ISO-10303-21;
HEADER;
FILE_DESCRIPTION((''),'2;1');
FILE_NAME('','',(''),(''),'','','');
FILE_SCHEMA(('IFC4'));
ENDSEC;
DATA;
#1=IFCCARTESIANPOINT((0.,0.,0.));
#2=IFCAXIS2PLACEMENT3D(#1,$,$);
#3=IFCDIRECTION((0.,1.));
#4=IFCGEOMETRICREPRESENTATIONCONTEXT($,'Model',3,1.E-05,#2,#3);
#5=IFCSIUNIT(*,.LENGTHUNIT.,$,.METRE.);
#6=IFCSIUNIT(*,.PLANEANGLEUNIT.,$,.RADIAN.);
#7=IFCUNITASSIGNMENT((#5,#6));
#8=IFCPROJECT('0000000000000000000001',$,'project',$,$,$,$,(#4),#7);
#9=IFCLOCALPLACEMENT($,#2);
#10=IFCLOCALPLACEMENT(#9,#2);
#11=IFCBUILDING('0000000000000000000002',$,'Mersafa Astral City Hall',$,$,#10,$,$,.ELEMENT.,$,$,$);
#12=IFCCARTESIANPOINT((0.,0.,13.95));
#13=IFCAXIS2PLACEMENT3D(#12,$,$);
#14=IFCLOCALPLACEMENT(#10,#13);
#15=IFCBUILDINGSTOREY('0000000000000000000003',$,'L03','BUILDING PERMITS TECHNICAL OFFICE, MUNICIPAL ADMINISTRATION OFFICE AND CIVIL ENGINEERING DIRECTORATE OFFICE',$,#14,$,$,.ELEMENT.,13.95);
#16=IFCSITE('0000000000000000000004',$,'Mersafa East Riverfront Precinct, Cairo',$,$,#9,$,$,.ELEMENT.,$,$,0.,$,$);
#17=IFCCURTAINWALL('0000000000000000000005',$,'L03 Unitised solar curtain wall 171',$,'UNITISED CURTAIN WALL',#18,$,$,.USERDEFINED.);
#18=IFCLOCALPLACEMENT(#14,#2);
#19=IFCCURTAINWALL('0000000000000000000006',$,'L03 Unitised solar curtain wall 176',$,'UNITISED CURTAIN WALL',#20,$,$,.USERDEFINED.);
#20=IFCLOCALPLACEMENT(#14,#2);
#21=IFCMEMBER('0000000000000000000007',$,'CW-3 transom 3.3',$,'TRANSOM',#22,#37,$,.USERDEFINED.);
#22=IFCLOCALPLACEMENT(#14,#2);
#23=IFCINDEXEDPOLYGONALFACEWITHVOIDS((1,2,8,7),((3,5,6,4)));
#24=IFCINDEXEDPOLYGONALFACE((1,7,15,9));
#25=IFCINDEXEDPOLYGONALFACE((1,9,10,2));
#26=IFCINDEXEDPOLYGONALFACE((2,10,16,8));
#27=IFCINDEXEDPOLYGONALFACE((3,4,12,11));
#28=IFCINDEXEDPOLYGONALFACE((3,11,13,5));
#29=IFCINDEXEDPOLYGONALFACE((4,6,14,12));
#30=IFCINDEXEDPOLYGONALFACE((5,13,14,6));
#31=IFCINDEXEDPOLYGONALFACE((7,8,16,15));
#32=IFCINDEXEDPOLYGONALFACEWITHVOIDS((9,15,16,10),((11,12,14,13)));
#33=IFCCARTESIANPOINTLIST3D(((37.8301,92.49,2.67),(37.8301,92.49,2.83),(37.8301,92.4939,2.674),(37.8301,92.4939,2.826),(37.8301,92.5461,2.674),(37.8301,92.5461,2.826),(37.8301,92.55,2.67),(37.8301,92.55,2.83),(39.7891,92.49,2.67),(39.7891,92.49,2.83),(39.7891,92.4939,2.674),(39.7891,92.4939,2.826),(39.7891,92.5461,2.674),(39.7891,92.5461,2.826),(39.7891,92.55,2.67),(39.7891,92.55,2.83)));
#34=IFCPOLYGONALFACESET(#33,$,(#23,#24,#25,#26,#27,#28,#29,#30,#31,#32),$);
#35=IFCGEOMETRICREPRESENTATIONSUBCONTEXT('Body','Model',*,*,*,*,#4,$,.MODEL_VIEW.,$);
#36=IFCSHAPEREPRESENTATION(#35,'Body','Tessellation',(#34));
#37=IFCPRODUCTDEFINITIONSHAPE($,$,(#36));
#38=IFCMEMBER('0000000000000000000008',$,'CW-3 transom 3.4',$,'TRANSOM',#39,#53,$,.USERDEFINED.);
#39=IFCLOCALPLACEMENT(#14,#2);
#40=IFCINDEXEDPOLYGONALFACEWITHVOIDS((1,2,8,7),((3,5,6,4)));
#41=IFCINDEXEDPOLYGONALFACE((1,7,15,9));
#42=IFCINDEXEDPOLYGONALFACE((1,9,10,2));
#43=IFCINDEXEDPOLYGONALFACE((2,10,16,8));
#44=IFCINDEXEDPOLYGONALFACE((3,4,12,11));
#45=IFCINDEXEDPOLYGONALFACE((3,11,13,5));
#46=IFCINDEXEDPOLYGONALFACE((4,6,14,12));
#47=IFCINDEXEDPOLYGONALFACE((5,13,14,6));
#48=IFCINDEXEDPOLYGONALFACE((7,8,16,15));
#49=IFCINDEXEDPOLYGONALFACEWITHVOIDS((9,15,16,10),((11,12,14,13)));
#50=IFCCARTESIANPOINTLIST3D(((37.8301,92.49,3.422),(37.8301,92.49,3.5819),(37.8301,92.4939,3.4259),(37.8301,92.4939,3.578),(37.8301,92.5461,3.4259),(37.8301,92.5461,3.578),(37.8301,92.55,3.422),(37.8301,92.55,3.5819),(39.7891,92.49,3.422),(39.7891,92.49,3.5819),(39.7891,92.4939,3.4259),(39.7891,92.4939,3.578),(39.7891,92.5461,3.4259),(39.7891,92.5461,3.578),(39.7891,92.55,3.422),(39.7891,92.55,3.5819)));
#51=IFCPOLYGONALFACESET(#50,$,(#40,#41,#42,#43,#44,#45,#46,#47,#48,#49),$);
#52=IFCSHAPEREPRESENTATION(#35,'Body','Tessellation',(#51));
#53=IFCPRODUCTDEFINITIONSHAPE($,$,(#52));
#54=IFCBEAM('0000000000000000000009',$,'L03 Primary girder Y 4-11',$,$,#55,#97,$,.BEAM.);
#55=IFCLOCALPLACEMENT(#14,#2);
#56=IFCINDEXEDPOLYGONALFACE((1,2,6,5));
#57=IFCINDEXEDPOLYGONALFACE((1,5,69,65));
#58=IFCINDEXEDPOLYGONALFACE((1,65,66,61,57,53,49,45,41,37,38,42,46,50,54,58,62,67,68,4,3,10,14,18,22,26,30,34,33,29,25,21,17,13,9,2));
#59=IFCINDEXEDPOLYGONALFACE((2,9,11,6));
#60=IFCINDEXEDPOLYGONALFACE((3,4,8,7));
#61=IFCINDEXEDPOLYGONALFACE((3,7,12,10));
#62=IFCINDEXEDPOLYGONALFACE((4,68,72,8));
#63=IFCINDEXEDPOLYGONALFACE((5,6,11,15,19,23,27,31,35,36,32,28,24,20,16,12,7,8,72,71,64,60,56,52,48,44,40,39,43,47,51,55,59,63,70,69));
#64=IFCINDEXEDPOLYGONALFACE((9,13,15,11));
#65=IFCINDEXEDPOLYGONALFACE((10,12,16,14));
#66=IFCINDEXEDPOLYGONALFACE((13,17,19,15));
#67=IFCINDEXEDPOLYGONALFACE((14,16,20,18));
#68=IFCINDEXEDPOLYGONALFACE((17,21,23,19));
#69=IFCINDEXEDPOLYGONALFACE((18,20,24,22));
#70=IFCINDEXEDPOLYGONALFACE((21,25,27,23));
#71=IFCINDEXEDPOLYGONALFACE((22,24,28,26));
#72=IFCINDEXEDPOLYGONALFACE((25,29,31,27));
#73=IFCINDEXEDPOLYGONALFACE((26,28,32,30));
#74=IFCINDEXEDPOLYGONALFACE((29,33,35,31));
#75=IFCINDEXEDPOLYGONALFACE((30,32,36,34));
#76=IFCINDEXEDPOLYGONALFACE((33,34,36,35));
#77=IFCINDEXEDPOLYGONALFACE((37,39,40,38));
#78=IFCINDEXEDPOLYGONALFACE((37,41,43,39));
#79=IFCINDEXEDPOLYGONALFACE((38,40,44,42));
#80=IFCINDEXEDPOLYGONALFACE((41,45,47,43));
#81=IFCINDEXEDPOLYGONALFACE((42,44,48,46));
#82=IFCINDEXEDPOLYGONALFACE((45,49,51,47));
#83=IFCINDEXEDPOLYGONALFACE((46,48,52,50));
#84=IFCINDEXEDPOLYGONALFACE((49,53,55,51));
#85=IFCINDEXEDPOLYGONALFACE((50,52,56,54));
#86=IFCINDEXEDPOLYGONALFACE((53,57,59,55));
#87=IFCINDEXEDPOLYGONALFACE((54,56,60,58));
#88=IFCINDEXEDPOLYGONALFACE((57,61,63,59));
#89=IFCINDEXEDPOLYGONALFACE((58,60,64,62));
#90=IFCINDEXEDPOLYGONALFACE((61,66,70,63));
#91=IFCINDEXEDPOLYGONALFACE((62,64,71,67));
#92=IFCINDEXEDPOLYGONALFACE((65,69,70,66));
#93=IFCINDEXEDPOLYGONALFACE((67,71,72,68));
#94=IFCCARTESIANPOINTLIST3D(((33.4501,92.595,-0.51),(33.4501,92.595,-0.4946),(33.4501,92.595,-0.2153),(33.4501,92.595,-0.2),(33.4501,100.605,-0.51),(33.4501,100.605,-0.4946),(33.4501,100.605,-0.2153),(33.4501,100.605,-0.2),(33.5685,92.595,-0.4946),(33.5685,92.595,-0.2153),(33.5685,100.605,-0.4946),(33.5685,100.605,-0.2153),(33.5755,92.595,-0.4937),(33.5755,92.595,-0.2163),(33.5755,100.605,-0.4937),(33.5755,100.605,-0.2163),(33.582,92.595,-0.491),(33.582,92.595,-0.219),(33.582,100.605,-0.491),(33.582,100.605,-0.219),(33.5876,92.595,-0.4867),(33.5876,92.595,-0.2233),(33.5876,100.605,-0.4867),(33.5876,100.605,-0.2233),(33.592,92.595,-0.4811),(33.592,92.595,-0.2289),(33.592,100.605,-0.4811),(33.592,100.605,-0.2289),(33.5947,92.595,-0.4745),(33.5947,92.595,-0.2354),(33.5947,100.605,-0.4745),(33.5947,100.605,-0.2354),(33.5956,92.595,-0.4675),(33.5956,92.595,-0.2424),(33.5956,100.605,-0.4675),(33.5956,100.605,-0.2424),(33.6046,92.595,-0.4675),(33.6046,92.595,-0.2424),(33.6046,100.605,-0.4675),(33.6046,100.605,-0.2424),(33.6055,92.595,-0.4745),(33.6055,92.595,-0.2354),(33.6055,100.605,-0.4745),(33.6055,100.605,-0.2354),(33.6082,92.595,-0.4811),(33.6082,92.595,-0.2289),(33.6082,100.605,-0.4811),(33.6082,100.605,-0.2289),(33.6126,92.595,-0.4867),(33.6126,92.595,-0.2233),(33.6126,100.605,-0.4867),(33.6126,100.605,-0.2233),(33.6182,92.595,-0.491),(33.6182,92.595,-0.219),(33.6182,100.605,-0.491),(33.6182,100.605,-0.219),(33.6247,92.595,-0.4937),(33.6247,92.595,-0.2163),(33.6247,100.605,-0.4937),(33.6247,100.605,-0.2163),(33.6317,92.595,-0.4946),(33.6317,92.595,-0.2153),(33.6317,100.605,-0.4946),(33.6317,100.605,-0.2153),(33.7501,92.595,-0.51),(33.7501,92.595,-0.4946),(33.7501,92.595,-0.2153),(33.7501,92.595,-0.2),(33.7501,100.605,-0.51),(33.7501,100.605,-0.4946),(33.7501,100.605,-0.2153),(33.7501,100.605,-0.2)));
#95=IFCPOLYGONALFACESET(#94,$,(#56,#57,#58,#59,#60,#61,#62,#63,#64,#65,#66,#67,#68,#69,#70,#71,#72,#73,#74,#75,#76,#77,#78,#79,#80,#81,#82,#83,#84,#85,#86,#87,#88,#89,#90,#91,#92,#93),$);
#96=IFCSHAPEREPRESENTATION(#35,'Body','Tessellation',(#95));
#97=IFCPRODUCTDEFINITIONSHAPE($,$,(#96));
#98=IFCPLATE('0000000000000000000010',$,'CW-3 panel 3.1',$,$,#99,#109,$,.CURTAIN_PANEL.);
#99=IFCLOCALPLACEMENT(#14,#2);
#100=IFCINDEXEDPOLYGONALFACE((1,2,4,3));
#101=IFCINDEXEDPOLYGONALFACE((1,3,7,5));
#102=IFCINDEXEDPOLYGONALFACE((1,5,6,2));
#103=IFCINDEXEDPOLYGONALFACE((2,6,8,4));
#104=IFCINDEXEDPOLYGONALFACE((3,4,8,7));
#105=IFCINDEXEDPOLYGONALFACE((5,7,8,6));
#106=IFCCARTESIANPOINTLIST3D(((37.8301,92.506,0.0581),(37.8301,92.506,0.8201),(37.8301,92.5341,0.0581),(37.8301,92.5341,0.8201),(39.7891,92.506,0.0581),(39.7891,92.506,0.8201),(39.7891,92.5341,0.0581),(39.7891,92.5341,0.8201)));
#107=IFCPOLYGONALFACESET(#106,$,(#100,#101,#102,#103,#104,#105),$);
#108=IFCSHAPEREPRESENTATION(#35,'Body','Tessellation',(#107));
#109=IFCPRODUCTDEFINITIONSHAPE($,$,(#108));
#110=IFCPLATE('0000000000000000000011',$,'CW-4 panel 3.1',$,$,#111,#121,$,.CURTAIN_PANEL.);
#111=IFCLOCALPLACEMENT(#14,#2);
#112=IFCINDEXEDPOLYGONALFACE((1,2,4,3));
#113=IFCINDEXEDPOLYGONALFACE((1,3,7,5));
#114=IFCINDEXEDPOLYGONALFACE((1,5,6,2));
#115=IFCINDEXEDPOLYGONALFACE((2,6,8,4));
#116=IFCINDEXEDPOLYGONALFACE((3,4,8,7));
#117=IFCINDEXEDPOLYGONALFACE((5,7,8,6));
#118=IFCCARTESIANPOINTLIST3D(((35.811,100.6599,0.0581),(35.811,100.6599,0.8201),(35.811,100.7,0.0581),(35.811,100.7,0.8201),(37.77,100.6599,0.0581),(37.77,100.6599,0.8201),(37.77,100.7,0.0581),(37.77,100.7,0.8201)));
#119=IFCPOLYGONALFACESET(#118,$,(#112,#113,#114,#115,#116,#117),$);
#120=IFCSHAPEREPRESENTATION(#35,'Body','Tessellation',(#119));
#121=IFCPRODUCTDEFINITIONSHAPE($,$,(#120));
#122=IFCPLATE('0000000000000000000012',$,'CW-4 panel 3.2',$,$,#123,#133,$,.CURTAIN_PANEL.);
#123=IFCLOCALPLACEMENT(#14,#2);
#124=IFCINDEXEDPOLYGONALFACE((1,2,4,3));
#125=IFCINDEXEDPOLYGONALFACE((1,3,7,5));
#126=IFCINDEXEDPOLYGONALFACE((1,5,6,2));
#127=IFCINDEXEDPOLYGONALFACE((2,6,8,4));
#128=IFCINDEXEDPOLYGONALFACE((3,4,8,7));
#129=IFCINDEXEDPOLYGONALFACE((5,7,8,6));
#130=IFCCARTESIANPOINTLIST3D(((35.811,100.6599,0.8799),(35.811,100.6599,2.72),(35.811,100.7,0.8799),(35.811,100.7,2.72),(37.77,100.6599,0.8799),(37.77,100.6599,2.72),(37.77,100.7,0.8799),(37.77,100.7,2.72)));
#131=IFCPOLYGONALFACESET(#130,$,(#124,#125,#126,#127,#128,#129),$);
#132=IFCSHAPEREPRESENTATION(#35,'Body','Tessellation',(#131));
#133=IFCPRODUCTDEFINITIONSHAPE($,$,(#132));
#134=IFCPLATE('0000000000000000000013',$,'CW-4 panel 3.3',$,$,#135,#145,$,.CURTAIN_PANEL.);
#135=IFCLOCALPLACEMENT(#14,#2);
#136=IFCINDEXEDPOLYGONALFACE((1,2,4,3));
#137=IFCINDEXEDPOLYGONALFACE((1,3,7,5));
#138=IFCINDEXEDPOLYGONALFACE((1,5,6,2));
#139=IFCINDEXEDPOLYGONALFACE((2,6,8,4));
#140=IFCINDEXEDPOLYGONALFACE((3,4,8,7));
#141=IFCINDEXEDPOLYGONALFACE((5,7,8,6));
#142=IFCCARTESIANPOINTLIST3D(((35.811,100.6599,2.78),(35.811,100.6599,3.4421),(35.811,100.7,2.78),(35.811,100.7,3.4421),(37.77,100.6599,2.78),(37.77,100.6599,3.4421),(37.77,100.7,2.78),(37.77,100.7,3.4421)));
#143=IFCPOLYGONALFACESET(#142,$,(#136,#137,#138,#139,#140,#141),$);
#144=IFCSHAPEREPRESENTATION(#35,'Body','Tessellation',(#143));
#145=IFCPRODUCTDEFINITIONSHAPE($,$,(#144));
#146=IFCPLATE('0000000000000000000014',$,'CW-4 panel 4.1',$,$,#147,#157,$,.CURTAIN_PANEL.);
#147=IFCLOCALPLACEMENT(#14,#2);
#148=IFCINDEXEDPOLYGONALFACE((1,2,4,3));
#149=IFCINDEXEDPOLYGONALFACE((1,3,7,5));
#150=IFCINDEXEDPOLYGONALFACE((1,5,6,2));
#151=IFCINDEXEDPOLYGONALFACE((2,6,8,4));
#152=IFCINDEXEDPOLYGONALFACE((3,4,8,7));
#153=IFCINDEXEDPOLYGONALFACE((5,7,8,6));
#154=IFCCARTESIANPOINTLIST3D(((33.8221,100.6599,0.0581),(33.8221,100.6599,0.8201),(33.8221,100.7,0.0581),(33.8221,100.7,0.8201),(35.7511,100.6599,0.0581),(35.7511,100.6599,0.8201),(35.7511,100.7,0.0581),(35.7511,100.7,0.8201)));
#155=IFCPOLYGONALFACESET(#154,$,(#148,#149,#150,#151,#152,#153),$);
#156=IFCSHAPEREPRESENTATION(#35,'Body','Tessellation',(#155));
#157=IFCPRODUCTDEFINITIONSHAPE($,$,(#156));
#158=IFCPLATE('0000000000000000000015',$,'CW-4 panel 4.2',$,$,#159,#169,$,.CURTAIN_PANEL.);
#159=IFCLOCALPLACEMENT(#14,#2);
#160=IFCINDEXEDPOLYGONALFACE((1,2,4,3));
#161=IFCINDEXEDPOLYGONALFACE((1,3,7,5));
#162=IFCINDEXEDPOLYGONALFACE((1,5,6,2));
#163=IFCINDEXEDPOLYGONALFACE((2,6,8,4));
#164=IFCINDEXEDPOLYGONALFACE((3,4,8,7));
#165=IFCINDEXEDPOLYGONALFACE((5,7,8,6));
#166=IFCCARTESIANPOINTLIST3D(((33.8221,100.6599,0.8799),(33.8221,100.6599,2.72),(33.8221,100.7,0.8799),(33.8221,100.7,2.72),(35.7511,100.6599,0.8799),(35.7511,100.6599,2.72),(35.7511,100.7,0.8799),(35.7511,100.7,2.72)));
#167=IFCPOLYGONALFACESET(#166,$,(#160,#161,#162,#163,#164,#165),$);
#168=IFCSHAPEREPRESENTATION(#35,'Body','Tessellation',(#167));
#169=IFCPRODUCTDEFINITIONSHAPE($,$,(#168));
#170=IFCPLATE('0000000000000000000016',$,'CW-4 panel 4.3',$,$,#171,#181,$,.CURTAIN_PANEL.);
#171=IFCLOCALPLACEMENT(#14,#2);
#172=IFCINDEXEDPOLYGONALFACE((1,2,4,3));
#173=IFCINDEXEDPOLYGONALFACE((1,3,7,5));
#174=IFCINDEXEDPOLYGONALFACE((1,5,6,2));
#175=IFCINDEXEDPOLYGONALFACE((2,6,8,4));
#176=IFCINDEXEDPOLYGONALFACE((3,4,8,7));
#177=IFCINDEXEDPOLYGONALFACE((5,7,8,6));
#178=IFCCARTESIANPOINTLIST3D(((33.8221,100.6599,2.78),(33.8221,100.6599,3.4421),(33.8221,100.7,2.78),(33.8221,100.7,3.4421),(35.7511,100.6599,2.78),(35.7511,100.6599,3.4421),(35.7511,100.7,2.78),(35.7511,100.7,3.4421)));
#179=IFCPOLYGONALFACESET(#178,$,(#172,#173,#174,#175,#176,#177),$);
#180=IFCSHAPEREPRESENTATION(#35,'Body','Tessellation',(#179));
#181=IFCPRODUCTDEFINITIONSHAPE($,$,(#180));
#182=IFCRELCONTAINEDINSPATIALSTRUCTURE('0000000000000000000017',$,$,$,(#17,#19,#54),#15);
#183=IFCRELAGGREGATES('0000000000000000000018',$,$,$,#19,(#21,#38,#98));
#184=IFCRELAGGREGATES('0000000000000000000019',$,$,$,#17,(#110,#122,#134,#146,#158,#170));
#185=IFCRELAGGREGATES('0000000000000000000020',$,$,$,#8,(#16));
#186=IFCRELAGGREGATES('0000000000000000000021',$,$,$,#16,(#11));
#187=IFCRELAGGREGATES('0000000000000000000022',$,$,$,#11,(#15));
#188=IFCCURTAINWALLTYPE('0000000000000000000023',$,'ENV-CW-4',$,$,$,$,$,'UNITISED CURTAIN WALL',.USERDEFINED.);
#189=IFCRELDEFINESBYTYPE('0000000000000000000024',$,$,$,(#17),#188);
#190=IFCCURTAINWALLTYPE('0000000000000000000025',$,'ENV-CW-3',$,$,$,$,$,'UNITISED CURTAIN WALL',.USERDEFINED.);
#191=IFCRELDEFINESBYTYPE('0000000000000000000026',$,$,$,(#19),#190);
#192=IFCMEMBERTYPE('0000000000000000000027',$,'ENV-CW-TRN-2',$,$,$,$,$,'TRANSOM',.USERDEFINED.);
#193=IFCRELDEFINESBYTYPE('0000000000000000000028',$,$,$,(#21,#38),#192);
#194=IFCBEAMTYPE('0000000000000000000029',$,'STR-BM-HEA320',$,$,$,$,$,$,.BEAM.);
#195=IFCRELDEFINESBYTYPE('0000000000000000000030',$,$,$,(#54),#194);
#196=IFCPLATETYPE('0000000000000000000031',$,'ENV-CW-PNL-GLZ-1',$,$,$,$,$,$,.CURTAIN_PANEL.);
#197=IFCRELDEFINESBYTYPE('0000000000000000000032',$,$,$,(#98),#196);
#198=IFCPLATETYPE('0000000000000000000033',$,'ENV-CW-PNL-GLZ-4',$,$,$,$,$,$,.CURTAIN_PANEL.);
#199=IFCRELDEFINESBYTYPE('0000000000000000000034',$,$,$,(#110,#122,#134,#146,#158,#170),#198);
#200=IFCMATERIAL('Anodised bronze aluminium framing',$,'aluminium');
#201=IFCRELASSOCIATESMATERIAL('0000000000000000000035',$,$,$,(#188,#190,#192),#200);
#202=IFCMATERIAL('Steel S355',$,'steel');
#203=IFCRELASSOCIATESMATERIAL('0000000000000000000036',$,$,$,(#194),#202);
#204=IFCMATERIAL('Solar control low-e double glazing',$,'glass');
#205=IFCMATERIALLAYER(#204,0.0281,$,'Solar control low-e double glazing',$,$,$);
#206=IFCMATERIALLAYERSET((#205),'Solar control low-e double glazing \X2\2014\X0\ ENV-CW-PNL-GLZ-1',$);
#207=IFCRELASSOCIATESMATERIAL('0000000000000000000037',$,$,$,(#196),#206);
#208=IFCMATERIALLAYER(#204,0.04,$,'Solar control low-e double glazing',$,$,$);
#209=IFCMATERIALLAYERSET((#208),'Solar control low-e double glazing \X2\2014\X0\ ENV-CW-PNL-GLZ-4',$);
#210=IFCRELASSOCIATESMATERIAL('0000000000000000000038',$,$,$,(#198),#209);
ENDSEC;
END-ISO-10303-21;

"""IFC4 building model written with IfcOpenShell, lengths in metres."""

from ifc_helpers import new_model, si_unit, direction, frame, origin, origin_2d, place, context, subcontext, project, spatial, rectangle, hollow_rectangle, i_section, extrude, material, layer, layer_set, material_profile, profile_set, type_object, element, aggregate, save


model = new_model("IFC4")

# Units and contexts
model_context = context("Model", 3, precision=1e-05, world=origin(), true_north=direction((0.0, 1.0)))
body_context = subcontext(model_context, "Body", "Model", "MODEL_VIEW")
ifc_project = project(units=[si_unit("LENGTHUNIT", "METRE"), si_unit("PLANEANGLEUNIT", "RADIAN")], contexts=[model_context])

# Site, building, storey
site_placement = place(None, origin())
site = spatial("IfcSite", under=ifc_project, at=site_placement, Name="Mersafa East Riverfront Precinct, Cairo", CompositionType="ELEMENT", RefElevation=0.0)
building_placement = place(site_placement, origin())
building = spatial("IfcBuilding", under=site, at=building_placement, Name="Mersafa Astral City Hall", CompositionType="ELEMENT")
storey_placement = place(building_placement, frame((0.0, 0.0, 13.95)))
storey = spatial("IfcBuildingStorey", under=building, at=storey_placement, Name="L03", Description="BUILDING PERMITS TECHNICAL OFFICE, MUNICIPAL ADMINISTRATION OFFICE AND CIVIL ENGINEERING DIRECTORATE OFFICE", CompositionType="ELEMENT", Elevation=13.95)

# Curtain walls, members
ifc_material_1 = material(Name="Anodised bronze aluminium framing", Category="aluminium")
curtain_wall_type_1 = type_object("IfcCurtainWallType", Name="ENV-CW-4", ElementType="UNITISED CURTAIN WALL", PredefinedType="USERDEFINED", material=ifc_material_1)
curtain_wall_1_placement = place(storey_placement, origin())
curtain_wall_1 = element("IfcCurtainWall", 1, at=curtain_wall_1_placement, inside=storey, type_object=curtain_wall_type_1, Name="L03 Unitised solar curtain wall 171", ObjectType="UNITISED CURTAIN WALL", PredefinedType="USERDEFINED")
curtain_wall_type_2 = type_object("IfcCurtainWallType", Name="ENV-CW-3", ElementType="UNITISED CURTAIN WALL", PredefinedType="USERDEFINED", material=ifc_material_1)
curtain_wall_2_placement = place(storey_placement, origin())
curtain_wall_2 = element("IfcCurtainWall", 2, at=curtain_wall_2_placement, inside=storey, type_object=curtain_wall_type_2, Name="L03 Unitised solar curtain wall 176", ObjectType="UNITISED CURTAIN WALL", PredefinedType="USERDEFINED")
ifc_material_profile_1 = material_profile(ifc_material_1, hollow_rectangle(XDim=0.0601, YDim=0.1599, WallThickness=0.0039, at=origin_2d()), Name="RHS 60x160x4")
ifc_profile_set_1 = profile_set([ifc_material_profile_1], Name="Anodised bronze aluminium framing")
member_type_1 = type_object("IfcMemberType", Name="ENV-CW-TRN-2", ElementType="TRANSOM", PredefinedType="USERDEFINED", material=ifc_profile_set_1)
member_1_placement = place(storey_placement, frame((37.8301, 92.52, 2.75), z_axis=(1.0, 0.0, 0.0), x_axis=(0.0, 1.0, 0.0)))
member_1 = element("IfcMember", 3, at=member_1_placement, type_object=member_type_1, Name="CW-3 transom 3.3", ObjectType="TRANSOM", PredefinedType="USERDEFINED", context=body_context, shape_type="SweptSolid", body=[
    extrude(hollow_rectangle(XDim=0.0601, YDim=0.1599, WallThickness=0.0039, at=origin_2d()), origin(), (0.0, 0.0, 1.0), 1.959),
])
member_2_placement = place(storey_placement, frame((37.8301, 92.52, 3.502), z_axis=(1.0, 0.0, 0.0), x_axis=(0.0, 1.0, 0.0)))
member_2 = element("IfcMember", 4, at=member_2_placement, type_object=member_type_1, Name="CW-3 transom 3.4", ObjectType="TRANSOM", PredefinedType="USERDEFINED", context=body_context, shape_type="SweptSolid", body=[
    extrude(hollow_rectangle(XDim=0.0601, YDim=0.1599, WallThickness=0.0039, at=origin_2d()), origin(), (0.0, 0.0, 1.0), 1.959),
])

# Beam
ifc_material_2 = material(Name="Steel S355", Category="steel")
ifc_material_profile_2 = material_profile(ifc_material_2, i_section(OverallWidth=0.3, OverallDepth=0.3101, WebThickness=0.009, FlangeThickness=0.0154, FilletRadius=0.0271, at=origin_2d()), Name="HEA 320")
ifc_profile_set_2 = profile_set([ifc_material_profile_2], Name="Steel S355")
beam_type = type_object("IfcBeamType", Name="STR-BM-HEA320", PredefinedType="BEAM", material=ifc_profile_set_2)
beam_placement = place(storey_placement, frame((33.6001, 92.595, -0.355), z_axis=(0.0, 1.0, 0.0), x_axis=(-1.0, 0.0, 0.0)))
element("IfcBeam", 5, at=beam_placement, inside=storey, type_object=beam_type, Name="L03 Primary girder Y 4-11", PredefinedType="BEAM", context=body_context, shape_type="SweptSolid", body=[
    extrude(i_section(OverallWidth=0.3, OverallDepth=0.3101, WebThickness=0.009, FlangeThickness=0.0154, FilletRadius=0.0271, at=origin_2d()), origin(), (0.0, 0.0, 1.0), 8.01),
])

# Plates
ifc_material_3 = material(Name="Solar control low-e double glazing", Category="glass")
ifc_layer_1 = layer(ifc_material_3, 0.0281, Name="Solar control low-e double glazing")
ifc_layer_set_1 = layer_set([ifc_layer_1], Name="Solar control low-e double glazing — ENV-CW-PNL-GLZ-1")
plate_type_1 = type_object("IfcPlateType", Name="ENV-CW-PNL-GLZ-1", PredefinedType="CURTAIN_PANEL", material=ifc_layer_set_1)
plate_1_placement = place(storey_placement, frame((38.8096, 92.52, 0.0581), z_axis=(0.0, 0.0, 1.0), x_axis=(1.0, 0.0, 0.0)))
plate_1 = element("IfcPlate", 6, at=plate_1_placement, type_object=plate_type_1, Name="CW-3 panel 3.1", PredefinedType="CURTAIN_PANEL", context=body_context, shape_type="SweptSolid", body=[
    extrude(rectangle(XDim=1.959, YDim=0.0281, at=origin_2d()), origin(), (0.0, 0.0, 1.0), 0.762),
])
aggregate(curtain_wall_2, [member_1, member_2, plate_1])
ifc_layer_2 = layer(ifc_material_3, 0.04, Name="Solar control low-e double glazing")
ifc_layer_set_2 = layer_set([ifc_layer_2], Name="Solar control low-e double glazing — ENV-CW-PNL-GLZ-4")
plate_type_2 = type_object("IfcPlateType", Name="ENV-CW-PNL-GLZ-4", PredefinedType="CURTAIN_PANEL", material=ifc_layer_set_2)
plate_2_placement = place(storey_placement, frame((36.7905, 100.6799, 0.0581), z_axis=(0.0, 0.0, 1.0), x_axis=(-1.0, 0.0, 0.0)))
plate_2 = element("IfcPlate", 7, at=plate_2_placement, type_object=plate_type_2, Name="CW-4 panel 3.1", PredefinedType="CURTAIN_PANEL", context=body_context, shape_type="SweptSolid", body=[
    extrude(rectangle(XDim=1.959, YDim=0.04, at=origin_2d()), origin(), (0.0, 0.0, 1.0), 0.762),
])
plate_3_placement = place(storey_placement, frame((36.7905, 100.6799, 0.8799), z_axis=(0.0, 0.0, 1.0), x_axis=(-1.0, 0.0, 0.0)))
plate_3 = element("IfcPlate", 8, at=plate_3_placement, type_object=plate_type_2, Name="CW-4 panel 3.2", PredefinedType="CURTAIN_PANEL", context=body_context, shape_type="SweptSolid", body=[
    extrude(rectangle(XDim=1.959, YDim=0.04, at=origin_2d()), origin(), (0.0, 0.0, 1.0), 1.8401),
])
plate_4_placement = place(storey_placement, frame((36.7905, 100.6799, 2.78), z_axis=(0.0, 0.0, 1.0), x_axis=(-1.0, 0.0, 0.0)))
plate_4 = element("IfcPlate", 9, at=plate_4_placement, type_object=plate_type_2, Name="CW-4 panel 3.3", PredefinedType="CURTAIN_PANEL", context=body_context, shape_type="SweptSolid", body=[
    extrude(rectangle(XDim=1.959, YDim=0.04, at=origin_2d()), origin(), (0.0, 0.0, 1.0), 0.6621),
])
plate_5_placement = place(storey_placement, frame((34.7866, 100.6799, 0.0581), z_axis=(0.0, 0.0, 1.0), x_axis=(-1.0, 0.0, 0.0)))
plate_5 = element("IfcPlate", 10, at=plate_5_placement, type_object=plate_type_2, Name="CW-4 panel 4.1", PredefinedType="CURTAIN_PANEL", context=body_context, shape_type="SweptSolid", body=[
    extrude(rectangle(XDim=1.929, YDim=0.04, at=origin_2d()), origin(), (0.0, 0.0, 1.0), 0.762),
])
plate_6_placement = place(storey_placement, frame((34.7866, 100.6799, 0.8799), z_axis=(0.0, 0.0, 1.0), x_axis=(-1.0, 0.0, 0.0)))
plate_6 = element("IfcPlate", 11, at=plate_6_placement, type_object=plate_type_2, Name="CW-4 panel 4.2", PredefinedType="CURTAIN_PANEL", context=body_context, shape_type="SweptSolid", body=[
    extrude(rectangle(XDim=1.929, YDim=0.04, at=origin_2d()), origin(), (0.0, 0.0, 1.0), 1.8401),
])
plate_7_placement = place(storey_placement, frame((34.7866, 100.6799, 2.78), z_axis=(0.0, 0.0, 1.0), x_axis=(-1.0, 0.0, 0.0)))
plate_7 = element("IfcPlate", 12, at=plate_7_placement, type_object=plate_type_2, Name="CW-4 panel 4.3", PredefinedType="CURTAIN_PANEL", context=body_context, shape_type="SweptSolid", body=[
    extrude(rectangle(XDim=1.929, YDim=0.04, at=origin_2d()), origin(), (0.0, 0.0, 1.0), 0.6621),
])
aggregate(curtain_wall_1, [plate_2, plate_3, plate_4, plate_5, plate_6, plate_7])

save(model, "model.ifc")
